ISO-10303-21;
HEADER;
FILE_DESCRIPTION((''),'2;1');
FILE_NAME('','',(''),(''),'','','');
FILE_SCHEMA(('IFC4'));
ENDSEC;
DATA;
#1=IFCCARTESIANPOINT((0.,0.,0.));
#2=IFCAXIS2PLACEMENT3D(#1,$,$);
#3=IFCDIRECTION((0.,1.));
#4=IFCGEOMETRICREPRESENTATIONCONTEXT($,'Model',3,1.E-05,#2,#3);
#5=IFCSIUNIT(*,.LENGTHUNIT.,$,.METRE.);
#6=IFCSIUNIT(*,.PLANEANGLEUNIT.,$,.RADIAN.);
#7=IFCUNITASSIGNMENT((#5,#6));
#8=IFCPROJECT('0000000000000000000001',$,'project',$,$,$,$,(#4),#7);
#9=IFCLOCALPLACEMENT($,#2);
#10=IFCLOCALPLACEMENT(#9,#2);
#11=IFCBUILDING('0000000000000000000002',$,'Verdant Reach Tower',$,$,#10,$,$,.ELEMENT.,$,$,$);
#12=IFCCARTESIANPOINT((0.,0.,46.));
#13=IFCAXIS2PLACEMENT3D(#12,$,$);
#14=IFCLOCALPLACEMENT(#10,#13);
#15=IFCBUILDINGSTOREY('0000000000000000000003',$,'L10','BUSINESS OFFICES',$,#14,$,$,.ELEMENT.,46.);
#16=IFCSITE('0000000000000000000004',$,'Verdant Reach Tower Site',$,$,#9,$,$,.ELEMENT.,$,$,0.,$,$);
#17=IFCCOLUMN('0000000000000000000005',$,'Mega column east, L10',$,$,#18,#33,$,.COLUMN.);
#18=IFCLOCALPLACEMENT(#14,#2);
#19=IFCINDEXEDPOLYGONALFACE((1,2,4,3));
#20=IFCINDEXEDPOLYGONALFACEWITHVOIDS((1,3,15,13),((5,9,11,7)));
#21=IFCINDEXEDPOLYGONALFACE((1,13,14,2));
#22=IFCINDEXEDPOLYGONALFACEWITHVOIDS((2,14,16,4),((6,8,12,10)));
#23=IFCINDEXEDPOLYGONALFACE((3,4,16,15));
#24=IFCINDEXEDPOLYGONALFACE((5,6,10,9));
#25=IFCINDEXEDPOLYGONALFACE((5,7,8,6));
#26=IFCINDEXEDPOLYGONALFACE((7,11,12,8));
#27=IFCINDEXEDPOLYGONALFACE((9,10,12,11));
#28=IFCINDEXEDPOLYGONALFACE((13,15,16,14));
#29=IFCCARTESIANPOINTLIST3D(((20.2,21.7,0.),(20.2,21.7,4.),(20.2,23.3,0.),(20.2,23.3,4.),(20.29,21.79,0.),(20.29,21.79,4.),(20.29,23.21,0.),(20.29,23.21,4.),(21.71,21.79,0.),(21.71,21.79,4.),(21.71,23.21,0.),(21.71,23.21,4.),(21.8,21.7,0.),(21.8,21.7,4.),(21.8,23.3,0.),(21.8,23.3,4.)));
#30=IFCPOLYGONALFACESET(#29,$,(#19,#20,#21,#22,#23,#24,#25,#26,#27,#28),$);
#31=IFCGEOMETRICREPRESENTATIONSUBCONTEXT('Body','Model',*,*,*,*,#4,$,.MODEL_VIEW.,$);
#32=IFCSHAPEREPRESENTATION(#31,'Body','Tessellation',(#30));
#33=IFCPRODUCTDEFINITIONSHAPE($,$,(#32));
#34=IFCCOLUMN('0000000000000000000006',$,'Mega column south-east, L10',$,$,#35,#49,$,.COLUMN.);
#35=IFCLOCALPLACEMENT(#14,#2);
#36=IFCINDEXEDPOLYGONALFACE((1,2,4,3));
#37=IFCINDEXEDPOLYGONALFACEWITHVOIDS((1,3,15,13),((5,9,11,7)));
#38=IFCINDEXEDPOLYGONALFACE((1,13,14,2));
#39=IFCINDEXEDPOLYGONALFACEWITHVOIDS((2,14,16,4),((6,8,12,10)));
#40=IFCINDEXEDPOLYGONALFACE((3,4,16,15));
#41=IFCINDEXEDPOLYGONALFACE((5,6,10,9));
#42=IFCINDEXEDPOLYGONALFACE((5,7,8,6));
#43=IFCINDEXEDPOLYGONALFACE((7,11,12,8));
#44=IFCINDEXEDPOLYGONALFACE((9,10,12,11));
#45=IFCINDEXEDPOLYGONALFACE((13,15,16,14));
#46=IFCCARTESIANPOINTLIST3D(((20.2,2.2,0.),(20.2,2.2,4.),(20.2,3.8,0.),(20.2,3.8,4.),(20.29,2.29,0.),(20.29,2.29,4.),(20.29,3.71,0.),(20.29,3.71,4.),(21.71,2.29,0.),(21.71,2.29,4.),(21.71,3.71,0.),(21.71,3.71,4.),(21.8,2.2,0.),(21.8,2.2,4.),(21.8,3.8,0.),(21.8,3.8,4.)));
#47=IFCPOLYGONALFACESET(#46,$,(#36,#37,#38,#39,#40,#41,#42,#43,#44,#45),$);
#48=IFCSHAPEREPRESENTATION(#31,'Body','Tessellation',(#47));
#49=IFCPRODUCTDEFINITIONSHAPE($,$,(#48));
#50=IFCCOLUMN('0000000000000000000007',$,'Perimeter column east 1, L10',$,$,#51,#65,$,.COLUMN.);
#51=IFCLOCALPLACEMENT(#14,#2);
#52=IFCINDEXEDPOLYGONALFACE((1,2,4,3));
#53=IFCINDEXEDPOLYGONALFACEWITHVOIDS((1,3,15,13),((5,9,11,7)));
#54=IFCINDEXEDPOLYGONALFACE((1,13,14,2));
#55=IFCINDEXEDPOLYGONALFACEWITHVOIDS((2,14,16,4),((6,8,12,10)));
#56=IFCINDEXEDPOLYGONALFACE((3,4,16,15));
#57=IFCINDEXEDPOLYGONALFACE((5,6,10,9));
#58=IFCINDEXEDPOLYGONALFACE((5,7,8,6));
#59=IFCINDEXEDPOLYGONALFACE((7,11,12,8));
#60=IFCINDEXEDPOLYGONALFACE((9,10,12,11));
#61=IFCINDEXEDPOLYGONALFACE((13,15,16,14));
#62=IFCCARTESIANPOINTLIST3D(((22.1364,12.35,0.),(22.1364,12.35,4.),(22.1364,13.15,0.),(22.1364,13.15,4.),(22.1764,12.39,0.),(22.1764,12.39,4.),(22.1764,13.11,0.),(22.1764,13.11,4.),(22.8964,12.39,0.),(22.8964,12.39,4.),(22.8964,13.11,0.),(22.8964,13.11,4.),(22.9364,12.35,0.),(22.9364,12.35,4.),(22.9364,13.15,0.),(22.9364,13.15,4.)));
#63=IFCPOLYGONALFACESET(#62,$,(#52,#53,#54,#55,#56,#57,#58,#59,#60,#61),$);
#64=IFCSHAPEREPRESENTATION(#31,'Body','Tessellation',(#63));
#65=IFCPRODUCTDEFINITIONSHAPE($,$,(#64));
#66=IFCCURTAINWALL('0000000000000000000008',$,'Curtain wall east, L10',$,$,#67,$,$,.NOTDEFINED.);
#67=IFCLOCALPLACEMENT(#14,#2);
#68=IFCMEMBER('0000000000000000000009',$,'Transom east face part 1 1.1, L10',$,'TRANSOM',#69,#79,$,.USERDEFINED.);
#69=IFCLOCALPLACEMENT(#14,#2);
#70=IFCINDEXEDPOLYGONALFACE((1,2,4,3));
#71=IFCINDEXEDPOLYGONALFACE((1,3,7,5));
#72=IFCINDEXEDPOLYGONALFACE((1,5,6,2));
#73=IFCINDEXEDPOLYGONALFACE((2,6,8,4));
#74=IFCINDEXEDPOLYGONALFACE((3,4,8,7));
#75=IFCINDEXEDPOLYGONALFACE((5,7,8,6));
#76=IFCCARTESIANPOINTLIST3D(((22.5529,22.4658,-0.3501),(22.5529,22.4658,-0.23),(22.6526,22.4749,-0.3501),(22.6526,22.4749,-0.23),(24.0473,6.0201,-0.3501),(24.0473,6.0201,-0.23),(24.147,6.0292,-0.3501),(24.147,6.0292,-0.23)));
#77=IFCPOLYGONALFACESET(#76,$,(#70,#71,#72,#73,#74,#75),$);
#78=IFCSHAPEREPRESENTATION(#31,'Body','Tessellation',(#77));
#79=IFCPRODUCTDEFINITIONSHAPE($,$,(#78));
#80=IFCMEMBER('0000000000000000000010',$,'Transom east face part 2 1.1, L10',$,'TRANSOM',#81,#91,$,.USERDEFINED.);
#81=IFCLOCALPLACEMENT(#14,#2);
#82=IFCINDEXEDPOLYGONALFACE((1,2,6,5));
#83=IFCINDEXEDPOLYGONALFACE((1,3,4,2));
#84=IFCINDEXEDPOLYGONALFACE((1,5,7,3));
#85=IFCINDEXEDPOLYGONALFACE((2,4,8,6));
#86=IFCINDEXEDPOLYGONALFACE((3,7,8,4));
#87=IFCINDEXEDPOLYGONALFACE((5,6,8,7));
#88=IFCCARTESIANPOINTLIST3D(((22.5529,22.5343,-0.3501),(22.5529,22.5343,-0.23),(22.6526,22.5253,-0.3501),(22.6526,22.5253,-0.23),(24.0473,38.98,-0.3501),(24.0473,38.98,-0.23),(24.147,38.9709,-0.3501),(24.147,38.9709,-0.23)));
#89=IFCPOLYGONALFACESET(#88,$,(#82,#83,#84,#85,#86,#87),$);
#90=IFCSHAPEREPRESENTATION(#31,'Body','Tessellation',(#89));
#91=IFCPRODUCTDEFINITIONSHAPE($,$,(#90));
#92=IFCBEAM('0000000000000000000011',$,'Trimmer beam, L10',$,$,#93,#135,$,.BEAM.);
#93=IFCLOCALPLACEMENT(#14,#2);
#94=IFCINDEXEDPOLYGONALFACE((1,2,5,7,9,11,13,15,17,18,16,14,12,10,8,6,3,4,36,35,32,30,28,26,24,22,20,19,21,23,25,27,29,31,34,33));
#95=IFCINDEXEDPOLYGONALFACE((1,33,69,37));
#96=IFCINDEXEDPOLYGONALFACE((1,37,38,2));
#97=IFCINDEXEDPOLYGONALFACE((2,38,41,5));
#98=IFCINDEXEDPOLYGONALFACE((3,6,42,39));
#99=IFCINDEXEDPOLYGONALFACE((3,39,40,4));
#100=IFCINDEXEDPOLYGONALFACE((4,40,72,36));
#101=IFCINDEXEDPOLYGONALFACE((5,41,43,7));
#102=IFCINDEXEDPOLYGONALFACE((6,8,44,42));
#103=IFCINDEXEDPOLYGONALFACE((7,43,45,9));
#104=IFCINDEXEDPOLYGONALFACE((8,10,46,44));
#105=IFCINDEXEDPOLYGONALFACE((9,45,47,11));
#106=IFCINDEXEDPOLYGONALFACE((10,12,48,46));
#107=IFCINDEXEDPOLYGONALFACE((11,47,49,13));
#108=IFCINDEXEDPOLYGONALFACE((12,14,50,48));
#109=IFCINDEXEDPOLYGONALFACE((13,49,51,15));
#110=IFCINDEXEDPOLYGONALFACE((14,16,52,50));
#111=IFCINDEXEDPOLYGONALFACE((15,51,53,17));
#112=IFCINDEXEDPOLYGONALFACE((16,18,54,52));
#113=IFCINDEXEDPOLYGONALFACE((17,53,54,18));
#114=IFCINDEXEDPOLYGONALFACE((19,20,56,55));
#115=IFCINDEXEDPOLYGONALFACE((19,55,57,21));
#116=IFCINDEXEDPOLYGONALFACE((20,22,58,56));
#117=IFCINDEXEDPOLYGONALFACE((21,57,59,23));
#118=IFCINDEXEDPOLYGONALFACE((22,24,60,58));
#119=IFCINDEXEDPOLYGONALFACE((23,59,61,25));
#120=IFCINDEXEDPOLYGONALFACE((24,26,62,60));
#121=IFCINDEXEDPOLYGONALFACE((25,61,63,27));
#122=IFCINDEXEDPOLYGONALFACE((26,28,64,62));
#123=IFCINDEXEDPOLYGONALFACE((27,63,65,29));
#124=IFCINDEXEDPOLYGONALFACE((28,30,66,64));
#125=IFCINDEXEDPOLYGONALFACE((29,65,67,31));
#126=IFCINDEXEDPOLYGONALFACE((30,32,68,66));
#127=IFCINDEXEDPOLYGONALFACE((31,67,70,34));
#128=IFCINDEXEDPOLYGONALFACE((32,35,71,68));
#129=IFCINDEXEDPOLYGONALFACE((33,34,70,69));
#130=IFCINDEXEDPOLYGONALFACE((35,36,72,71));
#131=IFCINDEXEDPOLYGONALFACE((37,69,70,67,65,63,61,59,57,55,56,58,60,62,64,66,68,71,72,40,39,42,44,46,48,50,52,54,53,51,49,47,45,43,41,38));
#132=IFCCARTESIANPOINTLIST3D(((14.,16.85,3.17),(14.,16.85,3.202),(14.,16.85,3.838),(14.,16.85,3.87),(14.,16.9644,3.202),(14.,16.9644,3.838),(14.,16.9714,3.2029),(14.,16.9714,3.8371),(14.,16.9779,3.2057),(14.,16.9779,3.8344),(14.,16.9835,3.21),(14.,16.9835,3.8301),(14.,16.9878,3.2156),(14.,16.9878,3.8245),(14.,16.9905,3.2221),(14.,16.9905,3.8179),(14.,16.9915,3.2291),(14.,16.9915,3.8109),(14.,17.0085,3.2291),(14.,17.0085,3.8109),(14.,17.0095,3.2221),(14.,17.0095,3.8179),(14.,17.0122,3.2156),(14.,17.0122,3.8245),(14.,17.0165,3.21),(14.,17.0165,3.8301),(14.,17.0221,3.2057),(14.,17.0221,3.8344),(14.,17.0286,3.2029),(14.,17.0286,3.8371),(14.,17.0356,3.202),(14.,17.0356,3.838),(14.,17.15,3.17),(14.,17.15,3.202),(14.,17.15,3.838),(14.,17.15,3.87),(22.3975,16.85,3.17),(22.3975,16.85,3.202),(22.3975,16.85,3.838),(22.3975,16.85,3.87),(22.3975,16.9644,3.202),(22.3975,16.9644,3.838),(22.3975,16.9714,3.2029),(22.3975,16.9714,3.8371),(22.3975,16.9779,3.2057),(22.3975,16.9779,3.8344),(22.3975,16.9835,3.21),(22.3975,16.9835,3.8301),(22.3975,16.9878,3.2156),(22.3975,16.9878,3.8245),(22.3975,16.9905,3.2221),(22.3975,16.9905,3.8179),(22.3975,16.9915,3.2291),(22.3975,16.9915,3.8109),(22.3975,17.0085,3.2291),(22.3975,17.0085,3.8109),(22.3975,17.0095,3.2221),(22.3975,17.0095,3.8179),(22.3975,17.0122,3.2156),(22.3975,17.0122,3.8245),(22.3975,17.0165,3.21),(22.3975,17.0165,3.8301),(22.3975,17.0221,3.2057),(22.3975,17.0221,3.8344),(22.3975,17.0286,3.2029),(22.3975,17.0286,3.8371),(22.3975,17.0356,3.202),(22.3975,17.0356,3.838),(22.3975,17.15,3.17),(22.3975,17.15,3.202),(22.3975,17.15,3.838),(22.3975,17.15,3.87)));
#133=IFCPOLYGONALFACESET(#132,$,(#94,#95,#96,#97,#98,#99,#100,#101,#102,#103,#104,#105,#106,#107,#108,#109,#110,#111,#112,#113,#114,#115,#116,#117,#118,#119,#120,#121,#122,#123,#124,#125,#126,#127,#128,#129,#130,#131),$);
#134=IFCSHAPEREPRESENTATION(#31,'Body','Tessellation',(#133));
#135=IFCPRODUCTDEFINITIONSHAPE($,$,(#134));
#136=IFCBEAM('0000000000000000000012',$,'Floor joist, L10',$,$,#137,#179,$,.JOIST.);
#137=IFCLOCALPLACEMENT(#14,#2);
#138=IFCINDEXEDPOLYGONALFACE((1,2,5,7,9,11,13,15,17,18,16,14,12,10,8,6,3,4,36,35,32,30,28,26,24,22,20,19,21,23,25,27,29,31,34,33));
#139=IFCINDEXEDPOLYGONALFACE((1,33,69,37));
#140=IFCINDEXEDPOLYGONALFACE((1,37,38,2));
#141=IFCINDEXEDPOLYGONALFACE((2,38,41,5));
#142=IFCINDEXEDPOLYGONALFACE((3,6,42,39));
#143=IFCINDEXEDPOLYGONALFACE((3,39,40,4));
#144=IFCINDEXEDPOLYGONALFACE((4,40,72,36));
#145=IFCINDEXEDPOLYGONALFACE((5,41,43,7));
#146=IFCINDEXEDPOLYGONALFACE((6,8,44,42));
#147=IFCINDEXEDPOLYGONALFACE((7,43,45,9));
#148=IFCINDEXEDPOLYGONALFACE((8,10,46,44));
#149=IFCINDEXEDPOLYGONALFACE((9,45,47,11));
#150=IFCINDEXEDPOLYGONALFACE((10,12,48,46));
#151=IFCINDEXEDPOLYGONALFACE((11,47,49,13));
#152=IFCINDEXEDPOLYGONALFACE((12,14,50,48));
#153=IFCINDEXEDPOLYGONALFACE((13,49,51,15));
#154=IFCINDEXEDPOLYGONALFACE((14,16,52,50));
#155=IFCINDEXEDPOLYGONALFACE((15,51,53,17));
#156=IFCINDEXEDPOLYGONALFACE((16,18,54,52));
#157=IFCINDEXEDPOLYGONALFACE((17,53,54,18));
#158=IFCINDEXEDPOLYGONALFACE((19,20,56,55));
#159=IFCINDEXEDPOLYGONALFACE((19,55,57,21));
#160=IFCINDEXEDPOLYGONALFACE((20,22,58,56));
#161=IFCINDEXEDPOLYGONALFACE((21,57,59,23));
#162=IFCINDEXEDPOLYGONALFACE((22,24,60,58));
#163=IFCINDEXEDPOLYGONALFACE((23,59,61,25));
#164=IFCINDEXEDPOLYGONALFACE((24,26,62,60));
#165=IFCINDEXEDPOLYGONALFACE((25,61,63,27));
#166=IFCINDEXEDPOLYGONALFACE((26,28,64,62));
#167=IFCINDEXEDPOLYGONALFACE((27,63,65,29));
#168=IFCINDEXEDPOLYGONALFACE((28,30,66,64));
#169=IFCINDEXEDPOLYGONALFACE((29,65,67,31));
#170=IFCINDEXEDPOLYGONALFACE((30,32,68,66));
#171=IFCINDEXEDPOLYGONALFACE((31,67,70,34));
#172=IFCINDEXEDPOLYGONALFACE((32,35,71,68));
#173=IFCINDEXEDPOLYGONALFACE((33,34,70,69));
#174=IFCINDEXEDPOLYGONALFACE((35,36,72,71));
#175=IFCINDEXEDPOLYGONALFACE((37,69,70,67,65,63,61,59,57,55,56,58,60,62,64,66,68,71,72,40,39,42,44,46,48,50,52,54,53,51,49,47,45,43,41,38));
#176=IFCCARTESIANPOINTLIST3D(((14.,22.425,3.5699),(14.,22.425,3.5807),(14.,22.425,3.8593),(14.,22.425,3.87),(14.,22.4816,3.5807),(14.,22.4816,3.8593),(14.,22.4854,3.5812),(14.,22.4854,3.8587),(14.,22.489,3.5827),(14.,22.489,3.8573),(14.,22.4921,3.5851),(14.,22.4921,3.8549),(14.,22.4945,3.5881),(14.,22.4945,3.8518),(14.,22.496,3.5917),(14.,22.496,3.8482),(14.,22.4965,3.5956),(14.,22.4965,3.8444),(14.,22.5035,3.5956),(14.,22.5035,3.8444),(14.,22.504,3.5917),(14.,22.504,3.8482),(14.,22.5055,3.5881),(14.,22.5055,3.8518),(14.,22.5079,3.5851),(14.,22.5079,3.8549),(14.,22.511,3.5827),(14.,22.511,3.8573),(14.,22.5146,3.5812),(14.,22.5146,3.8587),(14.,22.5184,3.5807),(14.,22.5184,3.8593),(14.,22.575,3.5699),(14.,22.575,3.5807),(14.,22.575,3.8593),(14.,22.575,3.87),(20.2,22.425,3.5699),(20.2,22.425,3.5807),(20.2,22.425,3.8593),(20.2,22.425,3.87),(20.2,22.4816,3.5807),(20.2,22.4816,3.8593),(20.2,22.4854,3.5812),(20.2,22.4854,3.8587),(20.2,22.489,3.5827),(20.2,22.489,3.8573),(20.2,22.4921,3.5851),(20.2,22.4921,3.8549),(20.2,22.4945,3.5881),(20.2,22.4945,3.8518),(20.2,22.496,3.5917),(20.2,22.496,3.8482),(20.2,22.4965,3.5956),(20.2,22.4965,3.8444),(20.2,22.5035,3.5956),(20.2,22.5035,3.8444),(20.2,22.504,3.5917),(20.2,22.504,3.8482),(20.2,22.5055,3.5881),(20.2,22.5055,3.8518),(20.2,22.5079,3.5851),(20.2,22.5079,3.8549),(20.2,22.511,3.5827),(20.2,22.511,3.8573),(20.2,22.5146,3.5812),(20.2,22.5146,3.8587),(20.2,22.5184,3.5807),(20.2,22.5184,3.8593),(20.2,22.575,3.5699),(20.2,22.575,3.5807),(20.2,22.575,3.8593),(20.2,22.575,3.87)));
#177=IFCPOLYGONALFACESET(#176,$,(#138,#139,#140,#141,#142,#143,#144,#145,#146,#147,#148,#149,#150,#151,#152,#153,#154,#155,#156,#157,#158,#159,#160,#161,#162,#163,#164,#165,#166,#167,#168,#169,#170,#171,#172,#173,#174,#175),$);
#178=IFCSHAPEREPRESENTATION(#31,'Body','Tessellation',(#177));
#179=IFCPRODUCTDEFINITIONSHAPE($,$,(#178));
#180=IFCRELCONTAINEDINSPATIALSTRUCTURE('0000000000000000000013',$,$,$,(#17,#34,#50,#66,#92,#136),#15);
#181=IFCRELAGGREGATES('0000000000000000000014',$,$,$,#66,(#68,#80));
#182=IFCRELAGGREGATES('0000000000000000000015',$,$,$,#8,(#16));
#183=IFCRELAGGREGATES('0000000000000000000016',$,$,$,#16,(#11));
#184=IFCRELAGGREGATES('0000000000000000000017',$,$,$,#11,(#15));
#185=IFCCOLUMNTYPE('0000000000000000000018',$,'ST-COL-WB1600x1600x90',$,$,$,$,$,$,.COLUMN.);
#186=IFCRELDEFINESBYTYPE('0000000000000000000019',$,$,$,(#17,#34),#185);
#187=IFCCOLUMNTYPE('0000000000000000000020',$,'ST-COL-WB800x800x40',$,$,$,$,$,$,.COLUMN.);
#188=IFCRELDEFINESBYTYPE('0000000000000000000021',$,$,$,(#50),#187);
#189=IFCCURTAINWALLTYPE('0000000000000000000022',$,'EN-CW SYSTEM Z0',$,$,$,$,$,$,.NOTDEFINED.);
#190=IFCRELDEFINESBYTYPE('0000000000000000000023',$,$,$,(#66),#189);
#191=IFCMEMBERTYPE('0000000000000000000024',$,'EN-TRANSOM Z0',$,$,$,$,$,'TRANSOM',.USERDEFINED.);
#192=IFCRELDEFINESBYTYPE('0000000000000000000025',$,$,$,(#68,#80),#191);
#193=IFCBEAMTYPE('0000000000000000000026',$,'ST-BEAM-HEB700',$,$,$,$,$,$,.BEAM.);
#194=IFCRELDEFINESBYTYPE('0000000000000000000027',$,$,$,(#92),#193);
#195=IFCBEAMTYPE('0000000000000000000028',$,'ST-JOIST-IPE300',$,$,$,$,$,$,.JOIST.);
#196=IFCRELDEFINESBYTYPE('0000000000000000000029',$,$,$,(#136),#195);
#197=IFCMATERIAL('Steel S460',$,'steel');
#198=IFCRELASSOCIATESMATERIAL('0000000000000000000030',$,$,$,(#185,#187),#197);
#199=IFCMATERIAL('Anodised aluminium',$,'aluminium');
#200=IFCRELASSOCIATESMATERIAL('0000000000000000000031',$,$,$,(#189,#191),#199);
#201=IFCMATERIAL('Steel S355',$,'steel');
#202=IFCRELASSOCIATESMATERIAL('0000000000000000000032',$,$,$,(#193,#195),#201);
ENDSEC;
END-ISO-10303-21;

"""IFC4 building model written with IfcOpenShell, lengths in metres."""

from ifc_helpers import new_model, si_unit, direction, frame, origin, origin_2d, place, context, subcontext, project, spatial, rectangle, hollow_rectangle, i_section, extrude, material, material_profile, profile_set, type_object, element, aggregate, save


model = new_model("IFC4")

# Units and contexts
model_context = context("Model", 3, precision=1e-05, world=origin(), true_north=direction((0.0, 1.0)))
body_context = subcontext(model_context, "Body", "Model", "MODEL_VIEW")
ifc_project = project(units=[si_unit("LENGTHUNIT", "METRE"), si_unit("PLANEANGLEUNIT", "RADIAN")], contexts=[model_context])

# Site, building, storey
site_placement = place(None, origin())
site = spatial("IfcSite", under=ifc_project, at=site_placement, Name="Verdant Reach Tower Site", CompositionType="ELEMENT", RefElevation=0.0)
building_placement = place(site_placement, origin())
building = spatial("IfcBuilding", under=site, at=building_placement, Name="Verdant Reach Tower", CompositionType="ELEMENT")
storey_placement = place(building_placement, frame((0.0, 0.0, 46.0)))
storey = spatial("IfcBuildingStorey", under=building, at=storey_placement, Name="L10", Description="BUSINESS OFFICES", CompositionType="ELEMENT", Elevation=46.0)

# Columns
ifc_material_1 = material(Name="Steel S460", Category="steel")
ifc_material_profile_1 = material_profile(ifc_material_1, hollow_rectangle(XDim=1.6001, YDim=1.6001, WallThickness=0.0901, at=origin_2d()), Name="WB 1600x1600x90")
ifc_profile_set_1 = profile_set([ifc_material_profile_1], Name="Steel S460")
column_type_1 = type_object("IfcColumnType", Name="ST-COL-WB1600x1600x90", PredefinedType="COLUMN", material=ifc_profile_set_1)
for number, where, z_axis, x_axis, name in (
    (1, (21.0, 22.5, 0.0), (0.0, 0.0, 1.0), (1.0, 0.0, 0.0), "Mega column east, L10"),
    (2, (21.0, 3.0, 0.0), (0.0, 0.0, 1.0), (1.0, 0.0, 0.0), "Mega column south-east, L10"),
):
    element("IfcColumn", number, at=place(storey_placement, frame(where, z_axis=z_axis, x_axis=x_axis)), inside=storey, type_object=column_type_1, Name=name, PredefinedType="COLUMN", context=body_context, shape_type="SweptSolid", body=[
        extrude(hollow_rectangle(XDim=1.6001, YDim=1.6001, WallThickness=0.0901, at=origin_2d()), origin(), (0.0, 0.0, 1.0), 4.0),
    ])
ifc_material_profile_2 = material_profile(ifc_material_1, hollow_rectangle(XDim=0.8, YDim=0.8, WallThickness=0.04, at=origin_2d()), Name="WB 800x800x40")
ifc_profile_set_2 = profile_set([ifc_material_profile_2], Name="Steel S460")
column_type_2 = type_object("IfcColumnType", Name="ST-COL-WB800x800x40", PredefinedType="COLUMN", material=ifc_profile_set_2)
column_placement = place(storey_placement, frame((22.5364, 12.75, 0.0), z_axis=(0.0, 0.0, 1.0), x_axis=(1.0, 0.0, 0.0)))
element("IfcColumn", 3, at=column_placement, inside=storey, type_object=column_type_2, Name="Perimeter column east 1, L10", PredefinedType="COLUMN", context=body_context, shape_type="SweptSolid", body=[
    extrude(hollow_rectangle(XDim=0.8, YDim=0.8, WallThickness=0.04, at=origin_2d()), origin(), (0.0, 0.0, 1.0), 4.0),
])

# Curtain wall, members
ifc_material_2 = material(Name="Anodised aluminium", Category="aluminium")
curtain_wall_type = type_object("IfcCurtainWallType", Name="EN-CW SYSTEM Z0", PredefinedType="NOTDEFINED", material=ifc_material_2)
curtain_wall_1_placement = place(storey_placement, origin())
curtain_wall_1 = element("IfcCurtainWall", 4, at=curtain_wall_1_placement, inside=storey, type_object=curtain_wall_type, Name="Curtain wall east, L10", PredefinedType="NOTDEFINED")
ifc_material_profile_3 = material_profile(ifc_material_2, rectangle(XDim=0.1001, YDim=0.1201, at=origin_2d()), Name="Transom 120x100")
ifc_profile_set_3 = profile_set([ifc_material_profile_3], Name="Anodised aluminium")
member_type = type_object("IfcMemberType", Name="EN-TRANSOM Z0", ElementType="TRANSOM", PredefinedType="USERDEFINED", material=ifc_profile_set_3)
member_1_placement = place(storey_placement, frame((24.0972, 6.0247, -0.29), z_axis=(-0.090496, 0.995897, 0.0), x_axis=(-0.995897, -0.090496, 0.0)))
member_1 = element("IfcMember", 5, at=member_1_placement, type_object=member_type, Name="Transom east face part 1 1.1, L10", ObjectType="TRANSOM", PredefinedType="USERDEFINED", context=body_context, shape_type="SweptSolid", body=[
    extrude(rectangle(XDim=0.1001, YDim=0.1201, at=origin_2d()), origin(), (0.0, 0.0, 1.0), 16.5134),
])
member_2_placement = place(storey_placement, frame((22.6028, 22.5298, -0.29), z_axis=(0.090496, 0.995897, 0.0), x_axis=(-0.995897, 0.090496, 0.0)))
member_2 = element("IfcMember", 6, at=member_2_placement, type_object=member_type, Name="Transom east face part 2 1.1, L10", ObjectType="TRANSOM", PredefinedType="USERDEFINED", context=body_context, shape_type="SweptSolid", body=[
    extrude(rectangle(XDim=0.1001, YDim=0.1201, at=origin_2d()), origin(), (0.0, 0.0, 1.0), 16.5134),
])

# Beams
ifc_material_3 = material(Name="Steel S355", Category="steel")
ifc_material_profile_4 = material_profile(ifc_material_3, i_section(OverallWidth=0.3, OverallDepth=0.7, WebThickness=0.0171, FlangeThickness=0.032, FilletRadius=0.0271, at=origin_2d()), Name="HEB 700")
ifc_profile_set_4 = profile_set([ifc_material_profile_4], Name="Steel S355")
beam_type_1 = type_object("IfcBeamType", Name="ST-BEAM-HEB700", PredefinedType="BEAM", material=ifc_profile_set_4)
beam_1_placement = place(storey_placement, frame((14.0, 17.0, 3.52), z_axis=(1.0, 0.0, 0.0), x_axis=(0.0, 1.0, 0.0)))
element("IfcBeam", 7, at=beam_1_placement, inside=storey, type_object=beam_type_1, Name="Trimmer beam, L10", PredefinedType="BEAM", context=body_context, shape_type="SweptSolid", body=[
    extrude(i_section(OverallWidth=0.3, OverallDepth=0.7, WebThickness=0.0171, FlangeThickness=0.032, FilletRadius=0.0271, at=origin_2d()), origin(), (0.0, 0.0, 1.0), 8.3975),
])
ifc_material_profile_5 = material_profile(ifc_material_3, i_section(OverallWidth=0.1499, OverallDepth=0.3, WebThickness=0.0071, FlangeThickness=0.0107, FilletRadius=0.0149, at=origin_2d()), Name="IPE 300")
ifc_profile_set_5 = profile_set([ifc_material_profile_5], Name="Steel S355")
beam_type_2 = type_object("IfcBeamType", Name="ST-JOIST-IPE300", PredefinedType="JOIST", material=ifc_profile_set_5)
beam_2_placement = place(storey_placement, frame((14.0, 22.5, 3.72), z_axis=(1.0, 0.0, 0.0), x_axis=(0.0, 1.0, 0.0)))
element("IfcBeam", 8, at=beam_2_placement, inside=storey, type_object=beam_type_2, Name="Floor joist, L10", PredefinedType="JOIST", context=body_context, shape_type="SweptSolid", body=[
    extrude(i_section(OverallWidth=0.1499, OverallDepth=0.3, WebThickness=0.0071, FlangeThickness=0.0107, FilletRadius=0.0149, at=origin_2d()), origin(), (0.0, 0.0, 1.0), 6.2),
])

aggregate(curtain_wall_1, [member_1, member_2])

save(model, "model.ifc")
